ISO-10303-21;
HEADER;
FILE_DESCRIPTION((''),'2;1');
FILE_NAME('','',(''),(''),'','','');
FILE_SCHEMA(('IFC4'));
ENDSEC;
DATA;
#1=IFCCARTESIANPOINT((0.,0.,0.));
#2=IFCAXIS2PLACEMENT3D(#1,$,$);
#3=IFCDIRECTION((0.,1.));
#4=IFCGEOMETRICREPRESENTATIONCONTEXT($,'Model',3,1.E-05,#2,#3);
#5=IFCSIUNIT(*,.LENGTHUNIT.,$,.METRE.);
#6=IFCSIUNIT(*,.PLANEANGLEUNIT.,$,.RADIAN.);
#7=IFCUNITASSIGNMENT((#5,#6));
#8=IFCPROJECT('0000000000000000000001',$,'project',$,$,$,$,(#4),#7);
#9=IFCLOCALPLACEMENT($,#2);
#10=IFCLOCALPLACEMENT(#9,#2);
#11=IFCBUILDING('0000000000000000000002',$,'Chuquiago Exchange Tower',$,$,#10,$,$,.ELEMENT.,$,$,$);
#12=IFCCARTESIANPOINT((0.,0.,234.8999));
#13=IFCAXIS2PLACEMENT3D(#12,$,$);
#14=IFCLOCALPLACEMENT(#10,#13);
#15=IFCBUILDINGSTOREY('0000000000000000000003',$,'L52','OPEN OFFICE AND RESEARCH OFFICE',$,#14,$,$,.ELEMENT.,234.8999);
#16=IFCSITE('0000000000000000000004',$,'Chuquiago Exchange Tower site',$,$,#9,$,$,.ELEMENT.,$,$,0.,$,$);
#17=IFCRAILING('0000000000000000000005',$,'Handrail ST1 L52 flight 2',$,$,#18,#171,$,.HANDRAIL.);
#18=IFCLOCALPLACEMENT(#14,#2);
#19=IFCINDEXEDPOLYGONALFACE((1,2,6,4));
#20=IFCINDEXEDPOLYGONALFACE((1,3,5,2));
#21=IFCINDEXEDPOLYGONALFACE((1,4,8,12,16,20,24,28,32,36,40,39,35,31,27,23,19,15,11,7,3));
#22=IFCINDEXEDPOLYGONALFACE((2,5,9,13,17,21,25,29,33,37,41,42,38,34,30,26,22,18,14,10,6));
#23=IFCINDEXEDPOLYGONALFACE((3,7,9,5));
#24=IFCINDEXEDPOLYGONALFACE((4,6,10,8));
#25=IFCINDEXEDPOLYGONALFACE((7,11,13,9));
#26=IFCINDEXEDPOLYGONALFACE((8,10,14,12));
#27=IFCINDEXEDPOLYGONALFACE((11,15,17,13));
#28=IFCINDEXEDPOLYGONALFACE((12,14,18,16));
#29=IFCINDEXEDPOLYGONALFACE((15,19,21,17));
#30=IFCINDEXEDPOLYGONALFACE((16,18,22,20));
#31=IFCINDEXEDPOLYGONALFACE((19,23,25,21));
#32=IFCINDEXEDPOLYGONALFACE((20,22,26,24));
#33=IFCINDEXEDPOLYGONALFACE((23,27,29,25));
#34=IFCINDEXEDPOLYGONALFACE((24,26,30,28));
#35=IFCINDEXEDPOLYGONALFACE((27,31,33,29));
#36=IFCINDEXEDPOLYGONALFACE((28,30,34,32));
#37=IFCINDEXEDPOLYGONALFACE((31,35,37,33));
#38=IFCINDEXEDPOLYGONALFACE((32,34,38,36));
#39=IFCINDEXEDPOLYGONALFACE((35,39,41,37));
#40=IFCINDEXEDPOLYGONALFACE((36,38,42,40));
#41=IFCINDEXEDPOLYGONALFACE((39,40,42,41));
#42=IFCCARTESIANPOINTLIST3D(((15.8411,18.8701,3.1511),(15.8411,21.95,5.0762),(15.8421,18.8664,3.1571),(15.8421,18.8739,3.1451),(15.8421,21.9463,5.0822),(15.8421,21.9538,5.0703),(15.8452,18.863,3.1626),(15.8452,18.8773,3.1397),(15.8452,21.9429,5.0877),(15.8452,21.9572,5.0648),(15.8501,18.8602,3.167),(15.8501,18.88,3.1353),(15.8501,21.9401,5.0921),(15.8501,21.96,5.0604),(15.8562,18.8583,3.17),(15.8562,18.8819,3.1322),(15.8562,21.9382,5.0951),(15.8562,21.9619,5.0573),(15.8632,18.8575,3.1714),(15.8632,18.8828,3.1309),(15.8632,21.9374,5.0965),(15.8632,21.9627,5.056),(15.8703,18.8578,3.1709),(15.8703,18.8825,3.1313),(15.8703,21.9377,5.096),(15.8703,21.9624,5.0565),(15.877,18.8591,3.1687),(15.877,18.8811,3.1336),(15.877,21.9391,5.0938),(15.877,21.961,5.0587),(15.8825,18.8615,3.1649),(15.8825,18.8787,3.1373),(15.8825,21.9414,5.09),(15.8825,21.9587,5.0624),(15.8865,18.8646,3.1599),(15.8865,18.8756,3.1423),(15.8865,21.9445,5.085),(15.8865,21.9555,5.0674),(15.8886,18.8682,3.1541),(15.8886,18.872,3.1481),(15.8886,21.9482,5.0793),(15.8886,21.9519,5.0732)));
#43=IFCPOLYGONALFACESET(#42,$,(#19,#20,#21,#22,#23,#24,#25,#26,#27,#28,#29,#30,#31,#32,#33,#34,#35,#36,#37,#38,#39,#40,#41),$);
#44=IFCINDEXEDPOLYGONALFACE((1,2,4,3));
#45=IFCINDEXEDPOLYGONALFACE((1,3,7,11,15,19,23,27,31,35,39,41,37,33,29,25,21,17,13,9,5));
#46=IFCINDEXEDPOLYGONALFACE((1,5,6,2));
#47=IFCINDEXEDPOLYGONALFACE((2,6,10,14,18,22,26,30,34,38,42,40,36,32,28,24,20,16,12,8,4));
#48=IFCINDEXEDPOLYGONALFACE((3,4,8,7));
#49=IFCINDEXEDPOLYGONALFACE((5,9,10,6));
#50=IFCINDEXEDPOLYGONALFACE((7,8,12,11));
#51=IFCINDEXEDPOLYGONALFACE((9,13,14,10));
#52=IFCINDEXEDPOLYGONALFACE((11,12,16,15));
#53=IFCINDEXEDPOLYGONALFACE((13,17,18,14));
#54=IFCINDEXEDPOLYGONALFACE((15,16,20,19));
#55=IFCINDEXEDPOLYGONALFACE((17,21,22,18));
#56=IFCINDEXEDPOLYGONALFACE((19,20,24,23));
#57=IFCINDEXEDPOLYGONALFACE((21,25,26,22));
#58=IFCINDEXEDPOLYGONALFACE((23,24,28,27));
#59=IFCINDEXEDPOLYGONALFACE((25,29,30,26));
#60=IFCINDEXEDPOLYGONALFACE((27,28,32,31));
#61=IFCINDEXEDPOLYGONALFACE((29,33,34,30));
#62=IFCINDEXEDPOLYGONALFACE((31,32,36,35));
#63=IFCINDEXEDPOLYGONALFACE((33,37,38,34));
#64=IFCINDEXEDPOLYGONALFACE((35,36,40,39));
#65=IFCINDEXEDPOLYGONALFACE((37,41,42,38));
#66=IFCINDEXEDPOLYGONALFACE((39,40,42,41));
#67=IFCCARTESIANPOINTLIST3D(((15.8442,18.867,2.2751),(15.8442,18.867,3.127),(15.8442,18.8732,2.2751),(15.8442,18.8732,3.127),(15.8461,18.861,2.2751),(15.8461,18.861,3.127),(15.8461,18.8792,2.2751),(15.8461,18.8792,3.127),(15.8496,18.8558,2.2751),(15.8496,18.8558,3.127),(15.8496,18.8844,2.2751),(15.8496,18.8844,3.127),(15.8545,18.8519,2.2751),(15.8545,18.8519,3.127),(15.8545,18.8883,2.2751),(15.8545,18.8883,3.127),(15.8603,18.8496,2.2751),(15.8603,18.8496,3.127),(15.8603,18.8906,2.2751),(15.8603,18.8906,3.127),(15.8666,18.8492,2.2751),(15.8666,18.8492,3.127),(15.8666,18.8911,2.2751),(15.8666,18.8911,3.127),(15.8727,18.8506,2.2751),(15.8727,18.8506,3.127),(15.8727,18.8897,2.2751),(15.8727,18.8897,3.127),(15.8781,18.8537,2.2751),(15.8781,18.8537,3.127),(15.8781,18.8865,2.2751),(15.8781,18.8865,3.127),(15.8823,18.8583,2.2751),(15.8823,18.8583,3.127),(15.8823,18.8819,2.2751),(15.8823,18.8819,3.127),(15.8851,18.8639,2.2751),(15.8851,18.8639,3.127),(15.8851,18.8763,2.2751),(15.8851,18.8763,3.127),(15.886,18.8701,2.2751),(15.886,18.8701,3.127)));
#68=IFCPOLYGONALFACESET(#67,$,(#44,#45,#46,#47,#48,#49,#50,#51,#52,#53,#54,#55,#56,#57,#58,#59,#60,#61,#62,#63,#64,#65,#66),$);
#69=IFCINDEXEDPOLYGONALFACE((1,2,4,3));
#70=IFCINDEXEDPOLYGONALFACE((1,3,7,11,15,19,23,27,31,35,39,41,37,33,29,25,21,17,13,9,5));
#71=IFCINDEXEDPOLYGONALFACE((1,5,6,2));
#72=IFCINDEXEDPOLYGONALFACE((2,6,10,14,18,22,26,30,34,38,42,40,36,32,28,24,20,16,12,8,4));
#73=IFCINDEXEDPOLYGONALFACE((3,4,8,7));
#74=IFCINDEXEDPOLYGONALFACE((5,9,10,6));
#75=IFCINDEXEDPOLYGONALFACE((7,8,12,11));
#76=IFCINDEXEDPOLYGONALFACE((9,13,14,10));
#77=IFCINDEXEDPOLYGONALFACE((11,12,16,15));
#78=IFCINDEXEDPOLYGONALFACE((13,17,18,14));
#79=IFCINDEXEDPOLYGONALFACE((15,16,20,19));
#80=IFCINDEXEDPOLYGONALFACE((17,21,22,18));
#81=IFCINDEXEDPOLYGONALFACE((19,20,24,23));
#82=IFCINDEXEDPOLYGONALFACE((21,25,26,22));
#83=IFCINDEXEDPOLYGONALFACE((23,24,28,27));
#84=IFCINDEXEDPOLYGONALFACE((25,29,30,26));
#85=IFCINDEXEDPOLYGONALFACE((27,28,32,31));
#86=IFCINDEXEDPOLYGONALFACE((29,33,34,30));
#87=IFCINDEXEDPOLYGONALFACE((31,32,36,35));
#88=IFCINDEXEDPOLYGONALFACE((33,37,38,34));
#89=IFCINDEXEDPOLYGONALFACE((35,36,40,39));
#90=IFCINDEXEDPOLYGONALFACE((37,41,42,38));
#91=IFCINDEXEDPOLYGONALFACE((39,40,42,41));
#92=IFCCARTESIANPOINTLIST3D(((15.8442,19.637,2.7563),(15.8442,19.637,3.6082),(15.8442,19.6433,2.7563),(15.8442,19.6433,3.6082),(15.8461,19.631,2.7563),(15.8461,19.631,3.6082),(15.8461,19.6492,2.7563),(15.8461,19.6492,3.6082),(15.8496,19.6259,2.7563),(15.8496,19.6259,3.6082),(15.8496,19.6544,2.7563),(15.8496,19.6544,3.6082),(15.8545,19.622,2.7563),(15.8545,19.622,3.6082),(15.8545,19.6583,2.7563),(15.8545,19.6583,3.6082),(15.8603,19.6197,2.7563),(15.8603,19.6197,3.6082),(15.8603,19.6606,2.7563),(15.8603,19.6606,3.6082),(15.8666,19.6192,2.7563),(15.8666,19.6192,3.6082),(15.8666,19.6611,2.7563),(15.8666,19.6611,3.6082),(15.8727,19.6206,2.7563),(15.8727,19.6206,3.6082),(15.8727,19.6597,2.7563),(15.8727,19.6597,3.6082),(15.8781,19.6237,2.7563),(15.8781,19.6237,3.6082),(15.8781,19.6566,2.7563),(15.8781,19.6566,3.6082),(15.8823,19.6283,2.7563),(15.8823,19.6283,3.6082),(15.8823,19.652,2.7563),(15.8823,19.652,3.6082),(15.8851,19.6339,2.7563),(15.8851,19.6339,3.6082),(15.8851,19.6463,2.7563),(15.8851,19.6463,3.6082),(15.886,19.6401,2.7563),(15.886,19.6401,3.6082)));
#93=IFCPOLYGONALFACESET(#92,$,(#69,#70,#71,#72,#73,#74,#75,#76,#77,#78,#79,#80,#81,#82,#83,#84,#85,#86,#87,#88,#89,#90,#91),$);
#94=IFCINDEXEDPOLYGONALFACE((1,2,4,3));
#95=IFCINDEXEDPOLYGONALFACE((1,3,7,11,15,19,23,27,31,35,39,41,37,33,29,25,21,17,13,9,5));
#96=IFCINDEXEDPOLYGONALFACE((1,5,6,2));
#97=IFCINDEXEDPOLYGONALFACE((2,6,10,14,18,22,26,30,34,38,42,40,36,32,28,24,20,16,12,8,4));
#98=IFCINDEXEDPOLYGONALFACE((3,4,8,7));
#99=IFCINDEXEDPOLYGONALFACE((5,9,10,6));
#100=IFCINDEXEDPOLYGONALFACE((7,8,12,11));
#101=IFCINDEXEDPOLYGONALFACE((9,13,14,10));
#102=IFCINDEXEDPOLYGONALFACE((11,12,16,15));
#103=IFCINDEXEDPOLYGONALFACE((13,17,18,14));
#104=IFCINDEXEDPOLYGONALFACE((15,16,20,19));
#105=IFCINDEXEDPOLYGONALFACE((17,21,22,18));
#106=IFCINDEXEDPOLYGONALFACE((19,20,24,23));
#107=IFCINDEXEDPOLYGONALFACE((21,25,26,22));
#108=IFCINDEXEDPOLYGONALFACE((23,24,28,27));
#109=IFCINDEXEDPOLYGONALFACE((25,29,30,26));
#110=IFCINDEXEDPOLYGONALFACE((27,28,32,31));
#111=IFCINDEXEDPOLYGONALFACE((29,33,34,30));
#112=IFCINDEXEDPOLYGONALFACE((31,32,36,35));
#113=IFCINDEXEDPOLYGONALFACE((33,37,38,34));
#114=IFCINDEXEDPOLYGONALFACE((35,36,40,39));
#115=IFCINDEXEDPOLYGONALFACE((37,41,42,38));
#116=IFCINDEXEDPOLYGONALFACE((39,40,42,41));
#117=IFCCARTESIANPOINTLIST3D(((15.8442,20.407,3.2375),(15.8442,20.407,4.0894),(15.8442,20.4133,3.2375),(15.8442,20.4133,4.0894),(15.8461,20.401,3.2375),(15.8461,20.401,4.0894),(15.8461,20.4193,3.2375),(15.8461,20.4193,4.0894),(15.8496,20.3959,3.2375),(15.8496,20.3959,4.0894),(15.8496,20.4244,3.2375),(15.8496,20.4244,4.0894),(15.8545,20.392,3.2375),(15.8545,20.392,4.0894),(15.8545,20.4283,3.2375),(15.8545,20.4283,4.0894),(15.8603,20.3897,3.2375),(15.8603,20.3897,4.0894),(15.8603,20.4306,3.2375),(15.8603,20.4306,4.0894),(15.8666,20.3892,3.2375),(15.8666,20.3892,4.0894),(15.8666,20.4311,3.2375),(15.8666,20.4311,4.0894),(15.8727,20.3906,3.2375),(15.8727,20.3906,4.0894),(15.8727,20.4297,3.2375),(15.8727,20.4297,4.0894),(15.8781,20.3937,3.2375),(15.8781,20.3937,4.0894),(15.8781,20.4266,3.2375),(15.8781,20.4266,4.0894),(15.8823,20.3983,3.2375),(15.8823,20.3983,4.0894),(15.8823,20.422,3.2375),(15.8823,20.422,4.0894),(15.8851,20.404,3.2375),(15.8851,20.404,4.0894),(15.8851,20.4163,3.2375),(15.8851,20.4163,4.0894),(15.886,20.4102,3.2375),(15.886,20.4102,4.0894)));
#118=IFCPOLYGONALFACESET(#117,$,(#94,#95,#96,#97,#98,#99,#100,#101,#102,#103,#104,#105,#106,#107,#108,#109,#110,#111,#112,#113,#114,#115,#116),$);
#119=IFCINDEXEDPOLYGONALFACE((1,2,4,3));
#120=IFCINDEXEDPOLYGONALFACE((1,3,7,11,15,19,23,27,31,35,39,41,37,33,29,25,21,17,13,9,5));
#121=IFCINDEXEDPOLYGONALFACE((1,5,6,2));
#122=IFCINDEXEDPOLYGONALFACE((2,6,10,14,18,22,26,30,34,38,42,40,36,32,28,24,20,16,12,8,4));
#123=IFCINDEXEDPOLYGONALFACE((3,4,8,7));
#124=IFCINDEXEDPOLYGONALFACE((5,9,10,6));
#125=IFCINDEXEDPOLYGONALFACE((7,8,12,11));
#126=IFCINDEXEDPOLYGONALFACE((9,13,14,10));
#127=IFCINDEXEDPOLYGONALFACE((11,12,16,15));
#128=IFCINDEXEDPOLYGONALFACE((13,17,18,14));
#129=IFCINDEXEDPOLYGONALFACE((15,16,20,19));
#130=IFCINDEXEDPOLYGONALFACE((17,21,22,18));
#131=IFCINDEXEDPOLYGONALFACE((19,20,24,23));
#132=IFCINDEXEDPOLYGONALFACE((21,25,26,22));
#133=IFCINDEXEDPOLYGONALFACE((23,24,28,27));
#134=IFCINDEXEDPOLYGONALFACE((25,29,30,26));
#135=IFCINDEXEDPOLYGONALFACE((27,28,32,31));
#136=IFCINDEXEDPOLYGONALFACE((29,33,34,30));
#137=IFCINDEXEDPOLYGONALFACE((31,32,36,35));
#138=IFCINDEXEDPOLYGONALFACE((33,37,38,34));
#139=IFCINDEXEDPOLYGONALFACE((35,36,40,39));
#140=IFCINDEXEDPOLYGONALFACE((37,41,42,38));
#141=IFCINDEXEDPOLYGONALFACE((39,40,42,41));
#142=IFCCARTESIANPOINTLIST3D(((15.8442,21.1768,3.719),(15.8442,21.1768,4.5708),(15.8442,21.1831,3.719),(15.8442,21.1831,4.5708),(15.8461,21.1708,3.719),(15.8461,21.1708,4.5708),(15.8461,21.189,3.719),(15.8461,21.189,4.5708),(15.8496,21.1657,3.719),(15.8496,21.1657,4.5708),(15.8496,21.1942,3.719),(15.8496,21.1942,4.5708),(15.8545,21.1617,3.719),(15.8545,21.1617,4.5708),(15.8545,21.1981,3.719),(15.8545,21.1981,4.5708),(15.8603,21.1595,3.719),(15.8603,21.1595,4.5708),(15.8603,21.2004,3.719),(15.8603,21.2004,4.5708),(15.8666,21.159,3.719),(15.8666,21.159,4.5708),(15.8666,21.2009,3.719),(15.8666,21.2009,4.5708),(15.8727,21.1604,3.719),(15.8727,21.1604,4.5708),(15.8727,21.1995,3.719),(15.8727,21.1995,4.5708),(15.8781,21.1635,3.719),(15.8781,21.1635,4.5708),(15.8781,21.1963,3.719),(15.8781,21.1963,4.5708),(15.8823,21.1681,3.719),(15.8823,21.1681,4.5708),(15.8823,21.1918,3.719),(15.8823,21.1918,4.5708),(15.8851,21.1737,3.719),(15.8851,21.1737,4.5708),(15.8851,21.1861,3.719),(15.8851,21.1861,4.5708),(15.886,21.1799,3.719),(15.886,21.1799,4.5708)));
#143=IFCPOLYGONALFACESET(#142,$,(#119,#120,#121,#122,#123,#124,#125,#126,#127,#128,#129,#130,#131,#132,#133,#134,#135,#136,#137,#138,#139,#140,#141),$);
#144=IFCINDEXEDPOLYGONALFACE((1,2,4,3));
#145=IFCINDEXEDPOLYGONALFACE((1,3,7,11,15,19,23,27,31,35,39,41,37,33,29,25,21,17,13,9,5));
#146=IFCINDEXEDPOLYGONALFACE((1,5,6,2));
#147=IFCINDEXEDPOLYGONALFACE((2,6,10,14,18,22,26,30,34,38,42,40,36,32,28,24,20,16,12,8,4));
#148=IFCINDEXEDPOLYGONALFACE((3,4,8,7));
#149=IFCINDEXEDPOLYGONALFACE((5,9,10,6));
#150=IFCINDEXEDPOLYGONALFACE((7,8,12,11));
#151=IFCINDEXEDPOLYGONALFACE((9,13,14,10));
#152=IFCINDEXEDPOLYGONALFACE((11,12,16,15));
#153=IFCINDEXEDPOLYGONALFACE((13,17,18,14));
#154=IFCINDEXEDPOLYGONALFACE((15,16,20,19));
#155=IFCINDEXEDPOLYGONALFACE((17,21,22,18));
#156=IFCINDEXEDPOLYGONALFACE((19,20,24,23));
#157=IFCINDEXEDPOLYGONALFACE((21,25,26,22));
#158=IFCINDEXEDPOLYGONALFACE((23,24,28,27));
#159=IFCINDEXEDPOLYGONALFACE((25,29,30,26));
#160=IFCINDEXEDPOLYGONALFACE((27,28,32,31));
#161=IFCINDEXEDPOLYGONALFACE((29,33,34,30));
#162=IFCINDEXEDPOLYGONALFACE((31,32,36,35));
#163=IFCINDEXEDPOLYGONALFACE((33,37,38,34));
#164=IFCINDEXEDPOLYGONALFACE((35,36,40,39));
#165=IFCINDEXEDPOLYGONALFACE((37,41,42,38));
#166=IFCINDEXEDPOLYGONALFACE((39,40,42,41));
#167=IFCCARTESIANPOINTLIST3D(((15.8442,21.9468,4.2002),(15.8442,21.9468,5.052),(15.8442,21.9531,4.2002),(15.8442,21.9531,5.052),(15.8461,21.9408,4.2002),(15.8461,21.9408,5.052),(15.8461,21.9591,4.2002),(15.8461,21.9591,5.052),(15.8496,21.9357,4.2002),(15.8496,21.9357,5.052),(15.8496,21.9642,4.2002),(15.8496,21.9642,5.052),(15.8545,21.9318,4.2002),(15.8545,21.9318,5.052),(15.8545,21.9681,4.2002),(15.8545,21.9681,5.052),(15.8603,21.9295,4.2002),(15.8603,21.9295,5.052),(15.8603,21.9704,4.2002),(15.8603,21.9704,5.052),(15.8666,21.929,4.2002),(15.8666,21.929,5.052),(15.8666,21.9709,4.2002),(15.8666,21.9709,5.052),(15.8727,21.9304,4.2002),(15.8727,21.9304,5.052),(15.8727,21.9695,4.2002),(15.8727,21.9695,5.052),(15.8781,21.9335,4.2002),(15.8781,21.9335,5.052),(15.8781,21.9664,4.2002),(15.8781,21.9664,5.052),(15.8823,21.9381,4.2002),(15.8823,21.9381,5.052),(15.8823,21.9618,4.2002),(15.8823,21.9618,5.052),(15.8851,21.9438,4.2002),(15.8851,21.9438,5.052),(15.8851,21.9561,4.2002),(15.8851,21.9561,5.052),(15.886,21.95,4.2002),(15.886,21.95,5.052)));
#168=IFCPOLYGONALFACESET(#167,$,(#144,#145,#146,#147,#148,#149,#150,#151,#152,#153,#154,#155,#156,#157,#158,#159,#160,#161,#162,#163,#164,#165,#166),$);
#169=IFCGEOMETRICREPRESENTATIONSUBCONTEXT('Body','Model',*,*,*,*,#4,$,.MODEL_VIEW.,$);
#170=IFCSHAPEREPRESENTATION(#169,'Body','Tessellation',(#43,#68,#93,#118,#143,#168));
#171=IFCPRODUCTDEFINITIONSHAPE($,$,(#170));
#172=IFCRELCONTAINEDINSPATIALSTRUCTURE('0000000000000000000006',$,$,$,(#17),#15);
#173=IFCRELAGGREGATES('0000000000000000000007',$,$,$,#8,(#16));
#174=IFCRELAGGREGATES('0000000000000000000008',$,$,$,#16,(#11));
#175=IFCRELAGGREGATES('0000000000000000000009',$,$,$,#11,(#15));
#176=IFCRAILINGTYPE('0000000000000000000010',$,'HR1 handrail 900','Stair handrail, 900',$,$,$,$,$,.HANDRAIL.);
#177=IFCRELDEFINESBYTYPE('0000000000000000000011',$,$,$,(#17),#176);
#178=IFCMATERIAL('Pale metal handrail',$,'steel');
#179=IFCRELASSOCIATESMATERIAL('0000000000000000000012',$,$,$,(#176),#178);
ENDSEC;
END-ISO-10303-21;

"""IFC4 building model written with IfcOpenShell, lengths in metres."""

from ifc_helpers import new_model, si_unit, direction, frame, origin, origin_2d, place, context, subcontext, project, spatial, circle, extrude, material, type_object, element, save


model = new_model("IFC4")

# Units and contexts
model_context = context("Model", 3, precision=1e-05, world=origin(), true_north=direction((0.0, 1.0)))
body_context = subcontext(model_context, "Body", "Model", "MODEL_VIEW")
ifc_project = project(units=[si_unit("LENGTHUNIT", "METRE"), si_unit("PLANEANGLEUNIT", "RADIAN")], contexts=[model_context])

# Site, building, storey
site_placement = place(None, origin())
site = spatial("IfcSite", under=ifc_project, at=site_placement, Name="Chuquiago Exchange Tower site", CompositionType="ELEMENT", RefElevation=0.0)
building_placement = place(site_placement, origin())
building = spatial("IfcBuilding", under=site, at=building_placement, Name="Chuquiago Exchange Tower", CompositionType="ELEMENT")
storey_placement = place(building_placement, frame((0.0, 0.0, 234.8999)))
storey = spatial("IfcBuildingStorey", under=building, at=storey_placement, Name="L52", Description="OPEN OFFICE AND RESEARCH OFFICE", CompositionType="ELEMENT", Elevation=234.8999)

# Railing
ifc_material_1 = material(Name="Pale metal handrail", Category="steel")
railing_type_1 = type_object("IfcRailingType", Name="HR1 handrail 900", Description="Stair handrail, 900", PredefinedType="HANDRAIL", material=ifc_material_1)
for number, where, name in (
    (1, (15.865, 18.8701, 2.2751), "Handrail ST1 L52 flight 2"),
):
    element("IfcRailing", number, at=place(storey_placement, frame(where)), inside=storey, type_object=railing_type_1, Name=name, PredefinedType="HANDRAIL", context=body_context, shape_type="SweptSolid", body=[
        extrude(circle(Radius=0.0239, at=origin_2d()), frame((0.0, 0.0, 0.876), z_axis=(0.0, 0.847979, 0.530029), x_axis=(-1.0, 0.0, 0.0)), (0.0, 0.0, 1.0), 3.6321),
        extrude(circle(Radius=0.021, at=origin_2d()), origin(), (0.0, 0.0, 1.0), 0.8518),
        extrude(circle(Radius=0.021, at=origin_2d()), frame((0.0, 0.77, 0.4812)), (0.0, 0.0, 1.0), 0.8518),
        extrude(circle(Radius=0.021, at=origin_2d()), frame((0.0, 1.54, 0.9624)), (0.0, 0.0, 1.0), 0.8518),
        extrude(circle(Radius=0.021, at=origin_2d()), frame((0.0, 2.3098, 1.4438)), (0.0, 0.0, 1.0), 0.8518),
        extrude(circle(Radius=0.021, at=origin_2d()), frame((0.0, 3.0798, 1.925)), (0.0, 0.0, 1.0), 0.8518),
    ])

save(model, "model.ifc")
